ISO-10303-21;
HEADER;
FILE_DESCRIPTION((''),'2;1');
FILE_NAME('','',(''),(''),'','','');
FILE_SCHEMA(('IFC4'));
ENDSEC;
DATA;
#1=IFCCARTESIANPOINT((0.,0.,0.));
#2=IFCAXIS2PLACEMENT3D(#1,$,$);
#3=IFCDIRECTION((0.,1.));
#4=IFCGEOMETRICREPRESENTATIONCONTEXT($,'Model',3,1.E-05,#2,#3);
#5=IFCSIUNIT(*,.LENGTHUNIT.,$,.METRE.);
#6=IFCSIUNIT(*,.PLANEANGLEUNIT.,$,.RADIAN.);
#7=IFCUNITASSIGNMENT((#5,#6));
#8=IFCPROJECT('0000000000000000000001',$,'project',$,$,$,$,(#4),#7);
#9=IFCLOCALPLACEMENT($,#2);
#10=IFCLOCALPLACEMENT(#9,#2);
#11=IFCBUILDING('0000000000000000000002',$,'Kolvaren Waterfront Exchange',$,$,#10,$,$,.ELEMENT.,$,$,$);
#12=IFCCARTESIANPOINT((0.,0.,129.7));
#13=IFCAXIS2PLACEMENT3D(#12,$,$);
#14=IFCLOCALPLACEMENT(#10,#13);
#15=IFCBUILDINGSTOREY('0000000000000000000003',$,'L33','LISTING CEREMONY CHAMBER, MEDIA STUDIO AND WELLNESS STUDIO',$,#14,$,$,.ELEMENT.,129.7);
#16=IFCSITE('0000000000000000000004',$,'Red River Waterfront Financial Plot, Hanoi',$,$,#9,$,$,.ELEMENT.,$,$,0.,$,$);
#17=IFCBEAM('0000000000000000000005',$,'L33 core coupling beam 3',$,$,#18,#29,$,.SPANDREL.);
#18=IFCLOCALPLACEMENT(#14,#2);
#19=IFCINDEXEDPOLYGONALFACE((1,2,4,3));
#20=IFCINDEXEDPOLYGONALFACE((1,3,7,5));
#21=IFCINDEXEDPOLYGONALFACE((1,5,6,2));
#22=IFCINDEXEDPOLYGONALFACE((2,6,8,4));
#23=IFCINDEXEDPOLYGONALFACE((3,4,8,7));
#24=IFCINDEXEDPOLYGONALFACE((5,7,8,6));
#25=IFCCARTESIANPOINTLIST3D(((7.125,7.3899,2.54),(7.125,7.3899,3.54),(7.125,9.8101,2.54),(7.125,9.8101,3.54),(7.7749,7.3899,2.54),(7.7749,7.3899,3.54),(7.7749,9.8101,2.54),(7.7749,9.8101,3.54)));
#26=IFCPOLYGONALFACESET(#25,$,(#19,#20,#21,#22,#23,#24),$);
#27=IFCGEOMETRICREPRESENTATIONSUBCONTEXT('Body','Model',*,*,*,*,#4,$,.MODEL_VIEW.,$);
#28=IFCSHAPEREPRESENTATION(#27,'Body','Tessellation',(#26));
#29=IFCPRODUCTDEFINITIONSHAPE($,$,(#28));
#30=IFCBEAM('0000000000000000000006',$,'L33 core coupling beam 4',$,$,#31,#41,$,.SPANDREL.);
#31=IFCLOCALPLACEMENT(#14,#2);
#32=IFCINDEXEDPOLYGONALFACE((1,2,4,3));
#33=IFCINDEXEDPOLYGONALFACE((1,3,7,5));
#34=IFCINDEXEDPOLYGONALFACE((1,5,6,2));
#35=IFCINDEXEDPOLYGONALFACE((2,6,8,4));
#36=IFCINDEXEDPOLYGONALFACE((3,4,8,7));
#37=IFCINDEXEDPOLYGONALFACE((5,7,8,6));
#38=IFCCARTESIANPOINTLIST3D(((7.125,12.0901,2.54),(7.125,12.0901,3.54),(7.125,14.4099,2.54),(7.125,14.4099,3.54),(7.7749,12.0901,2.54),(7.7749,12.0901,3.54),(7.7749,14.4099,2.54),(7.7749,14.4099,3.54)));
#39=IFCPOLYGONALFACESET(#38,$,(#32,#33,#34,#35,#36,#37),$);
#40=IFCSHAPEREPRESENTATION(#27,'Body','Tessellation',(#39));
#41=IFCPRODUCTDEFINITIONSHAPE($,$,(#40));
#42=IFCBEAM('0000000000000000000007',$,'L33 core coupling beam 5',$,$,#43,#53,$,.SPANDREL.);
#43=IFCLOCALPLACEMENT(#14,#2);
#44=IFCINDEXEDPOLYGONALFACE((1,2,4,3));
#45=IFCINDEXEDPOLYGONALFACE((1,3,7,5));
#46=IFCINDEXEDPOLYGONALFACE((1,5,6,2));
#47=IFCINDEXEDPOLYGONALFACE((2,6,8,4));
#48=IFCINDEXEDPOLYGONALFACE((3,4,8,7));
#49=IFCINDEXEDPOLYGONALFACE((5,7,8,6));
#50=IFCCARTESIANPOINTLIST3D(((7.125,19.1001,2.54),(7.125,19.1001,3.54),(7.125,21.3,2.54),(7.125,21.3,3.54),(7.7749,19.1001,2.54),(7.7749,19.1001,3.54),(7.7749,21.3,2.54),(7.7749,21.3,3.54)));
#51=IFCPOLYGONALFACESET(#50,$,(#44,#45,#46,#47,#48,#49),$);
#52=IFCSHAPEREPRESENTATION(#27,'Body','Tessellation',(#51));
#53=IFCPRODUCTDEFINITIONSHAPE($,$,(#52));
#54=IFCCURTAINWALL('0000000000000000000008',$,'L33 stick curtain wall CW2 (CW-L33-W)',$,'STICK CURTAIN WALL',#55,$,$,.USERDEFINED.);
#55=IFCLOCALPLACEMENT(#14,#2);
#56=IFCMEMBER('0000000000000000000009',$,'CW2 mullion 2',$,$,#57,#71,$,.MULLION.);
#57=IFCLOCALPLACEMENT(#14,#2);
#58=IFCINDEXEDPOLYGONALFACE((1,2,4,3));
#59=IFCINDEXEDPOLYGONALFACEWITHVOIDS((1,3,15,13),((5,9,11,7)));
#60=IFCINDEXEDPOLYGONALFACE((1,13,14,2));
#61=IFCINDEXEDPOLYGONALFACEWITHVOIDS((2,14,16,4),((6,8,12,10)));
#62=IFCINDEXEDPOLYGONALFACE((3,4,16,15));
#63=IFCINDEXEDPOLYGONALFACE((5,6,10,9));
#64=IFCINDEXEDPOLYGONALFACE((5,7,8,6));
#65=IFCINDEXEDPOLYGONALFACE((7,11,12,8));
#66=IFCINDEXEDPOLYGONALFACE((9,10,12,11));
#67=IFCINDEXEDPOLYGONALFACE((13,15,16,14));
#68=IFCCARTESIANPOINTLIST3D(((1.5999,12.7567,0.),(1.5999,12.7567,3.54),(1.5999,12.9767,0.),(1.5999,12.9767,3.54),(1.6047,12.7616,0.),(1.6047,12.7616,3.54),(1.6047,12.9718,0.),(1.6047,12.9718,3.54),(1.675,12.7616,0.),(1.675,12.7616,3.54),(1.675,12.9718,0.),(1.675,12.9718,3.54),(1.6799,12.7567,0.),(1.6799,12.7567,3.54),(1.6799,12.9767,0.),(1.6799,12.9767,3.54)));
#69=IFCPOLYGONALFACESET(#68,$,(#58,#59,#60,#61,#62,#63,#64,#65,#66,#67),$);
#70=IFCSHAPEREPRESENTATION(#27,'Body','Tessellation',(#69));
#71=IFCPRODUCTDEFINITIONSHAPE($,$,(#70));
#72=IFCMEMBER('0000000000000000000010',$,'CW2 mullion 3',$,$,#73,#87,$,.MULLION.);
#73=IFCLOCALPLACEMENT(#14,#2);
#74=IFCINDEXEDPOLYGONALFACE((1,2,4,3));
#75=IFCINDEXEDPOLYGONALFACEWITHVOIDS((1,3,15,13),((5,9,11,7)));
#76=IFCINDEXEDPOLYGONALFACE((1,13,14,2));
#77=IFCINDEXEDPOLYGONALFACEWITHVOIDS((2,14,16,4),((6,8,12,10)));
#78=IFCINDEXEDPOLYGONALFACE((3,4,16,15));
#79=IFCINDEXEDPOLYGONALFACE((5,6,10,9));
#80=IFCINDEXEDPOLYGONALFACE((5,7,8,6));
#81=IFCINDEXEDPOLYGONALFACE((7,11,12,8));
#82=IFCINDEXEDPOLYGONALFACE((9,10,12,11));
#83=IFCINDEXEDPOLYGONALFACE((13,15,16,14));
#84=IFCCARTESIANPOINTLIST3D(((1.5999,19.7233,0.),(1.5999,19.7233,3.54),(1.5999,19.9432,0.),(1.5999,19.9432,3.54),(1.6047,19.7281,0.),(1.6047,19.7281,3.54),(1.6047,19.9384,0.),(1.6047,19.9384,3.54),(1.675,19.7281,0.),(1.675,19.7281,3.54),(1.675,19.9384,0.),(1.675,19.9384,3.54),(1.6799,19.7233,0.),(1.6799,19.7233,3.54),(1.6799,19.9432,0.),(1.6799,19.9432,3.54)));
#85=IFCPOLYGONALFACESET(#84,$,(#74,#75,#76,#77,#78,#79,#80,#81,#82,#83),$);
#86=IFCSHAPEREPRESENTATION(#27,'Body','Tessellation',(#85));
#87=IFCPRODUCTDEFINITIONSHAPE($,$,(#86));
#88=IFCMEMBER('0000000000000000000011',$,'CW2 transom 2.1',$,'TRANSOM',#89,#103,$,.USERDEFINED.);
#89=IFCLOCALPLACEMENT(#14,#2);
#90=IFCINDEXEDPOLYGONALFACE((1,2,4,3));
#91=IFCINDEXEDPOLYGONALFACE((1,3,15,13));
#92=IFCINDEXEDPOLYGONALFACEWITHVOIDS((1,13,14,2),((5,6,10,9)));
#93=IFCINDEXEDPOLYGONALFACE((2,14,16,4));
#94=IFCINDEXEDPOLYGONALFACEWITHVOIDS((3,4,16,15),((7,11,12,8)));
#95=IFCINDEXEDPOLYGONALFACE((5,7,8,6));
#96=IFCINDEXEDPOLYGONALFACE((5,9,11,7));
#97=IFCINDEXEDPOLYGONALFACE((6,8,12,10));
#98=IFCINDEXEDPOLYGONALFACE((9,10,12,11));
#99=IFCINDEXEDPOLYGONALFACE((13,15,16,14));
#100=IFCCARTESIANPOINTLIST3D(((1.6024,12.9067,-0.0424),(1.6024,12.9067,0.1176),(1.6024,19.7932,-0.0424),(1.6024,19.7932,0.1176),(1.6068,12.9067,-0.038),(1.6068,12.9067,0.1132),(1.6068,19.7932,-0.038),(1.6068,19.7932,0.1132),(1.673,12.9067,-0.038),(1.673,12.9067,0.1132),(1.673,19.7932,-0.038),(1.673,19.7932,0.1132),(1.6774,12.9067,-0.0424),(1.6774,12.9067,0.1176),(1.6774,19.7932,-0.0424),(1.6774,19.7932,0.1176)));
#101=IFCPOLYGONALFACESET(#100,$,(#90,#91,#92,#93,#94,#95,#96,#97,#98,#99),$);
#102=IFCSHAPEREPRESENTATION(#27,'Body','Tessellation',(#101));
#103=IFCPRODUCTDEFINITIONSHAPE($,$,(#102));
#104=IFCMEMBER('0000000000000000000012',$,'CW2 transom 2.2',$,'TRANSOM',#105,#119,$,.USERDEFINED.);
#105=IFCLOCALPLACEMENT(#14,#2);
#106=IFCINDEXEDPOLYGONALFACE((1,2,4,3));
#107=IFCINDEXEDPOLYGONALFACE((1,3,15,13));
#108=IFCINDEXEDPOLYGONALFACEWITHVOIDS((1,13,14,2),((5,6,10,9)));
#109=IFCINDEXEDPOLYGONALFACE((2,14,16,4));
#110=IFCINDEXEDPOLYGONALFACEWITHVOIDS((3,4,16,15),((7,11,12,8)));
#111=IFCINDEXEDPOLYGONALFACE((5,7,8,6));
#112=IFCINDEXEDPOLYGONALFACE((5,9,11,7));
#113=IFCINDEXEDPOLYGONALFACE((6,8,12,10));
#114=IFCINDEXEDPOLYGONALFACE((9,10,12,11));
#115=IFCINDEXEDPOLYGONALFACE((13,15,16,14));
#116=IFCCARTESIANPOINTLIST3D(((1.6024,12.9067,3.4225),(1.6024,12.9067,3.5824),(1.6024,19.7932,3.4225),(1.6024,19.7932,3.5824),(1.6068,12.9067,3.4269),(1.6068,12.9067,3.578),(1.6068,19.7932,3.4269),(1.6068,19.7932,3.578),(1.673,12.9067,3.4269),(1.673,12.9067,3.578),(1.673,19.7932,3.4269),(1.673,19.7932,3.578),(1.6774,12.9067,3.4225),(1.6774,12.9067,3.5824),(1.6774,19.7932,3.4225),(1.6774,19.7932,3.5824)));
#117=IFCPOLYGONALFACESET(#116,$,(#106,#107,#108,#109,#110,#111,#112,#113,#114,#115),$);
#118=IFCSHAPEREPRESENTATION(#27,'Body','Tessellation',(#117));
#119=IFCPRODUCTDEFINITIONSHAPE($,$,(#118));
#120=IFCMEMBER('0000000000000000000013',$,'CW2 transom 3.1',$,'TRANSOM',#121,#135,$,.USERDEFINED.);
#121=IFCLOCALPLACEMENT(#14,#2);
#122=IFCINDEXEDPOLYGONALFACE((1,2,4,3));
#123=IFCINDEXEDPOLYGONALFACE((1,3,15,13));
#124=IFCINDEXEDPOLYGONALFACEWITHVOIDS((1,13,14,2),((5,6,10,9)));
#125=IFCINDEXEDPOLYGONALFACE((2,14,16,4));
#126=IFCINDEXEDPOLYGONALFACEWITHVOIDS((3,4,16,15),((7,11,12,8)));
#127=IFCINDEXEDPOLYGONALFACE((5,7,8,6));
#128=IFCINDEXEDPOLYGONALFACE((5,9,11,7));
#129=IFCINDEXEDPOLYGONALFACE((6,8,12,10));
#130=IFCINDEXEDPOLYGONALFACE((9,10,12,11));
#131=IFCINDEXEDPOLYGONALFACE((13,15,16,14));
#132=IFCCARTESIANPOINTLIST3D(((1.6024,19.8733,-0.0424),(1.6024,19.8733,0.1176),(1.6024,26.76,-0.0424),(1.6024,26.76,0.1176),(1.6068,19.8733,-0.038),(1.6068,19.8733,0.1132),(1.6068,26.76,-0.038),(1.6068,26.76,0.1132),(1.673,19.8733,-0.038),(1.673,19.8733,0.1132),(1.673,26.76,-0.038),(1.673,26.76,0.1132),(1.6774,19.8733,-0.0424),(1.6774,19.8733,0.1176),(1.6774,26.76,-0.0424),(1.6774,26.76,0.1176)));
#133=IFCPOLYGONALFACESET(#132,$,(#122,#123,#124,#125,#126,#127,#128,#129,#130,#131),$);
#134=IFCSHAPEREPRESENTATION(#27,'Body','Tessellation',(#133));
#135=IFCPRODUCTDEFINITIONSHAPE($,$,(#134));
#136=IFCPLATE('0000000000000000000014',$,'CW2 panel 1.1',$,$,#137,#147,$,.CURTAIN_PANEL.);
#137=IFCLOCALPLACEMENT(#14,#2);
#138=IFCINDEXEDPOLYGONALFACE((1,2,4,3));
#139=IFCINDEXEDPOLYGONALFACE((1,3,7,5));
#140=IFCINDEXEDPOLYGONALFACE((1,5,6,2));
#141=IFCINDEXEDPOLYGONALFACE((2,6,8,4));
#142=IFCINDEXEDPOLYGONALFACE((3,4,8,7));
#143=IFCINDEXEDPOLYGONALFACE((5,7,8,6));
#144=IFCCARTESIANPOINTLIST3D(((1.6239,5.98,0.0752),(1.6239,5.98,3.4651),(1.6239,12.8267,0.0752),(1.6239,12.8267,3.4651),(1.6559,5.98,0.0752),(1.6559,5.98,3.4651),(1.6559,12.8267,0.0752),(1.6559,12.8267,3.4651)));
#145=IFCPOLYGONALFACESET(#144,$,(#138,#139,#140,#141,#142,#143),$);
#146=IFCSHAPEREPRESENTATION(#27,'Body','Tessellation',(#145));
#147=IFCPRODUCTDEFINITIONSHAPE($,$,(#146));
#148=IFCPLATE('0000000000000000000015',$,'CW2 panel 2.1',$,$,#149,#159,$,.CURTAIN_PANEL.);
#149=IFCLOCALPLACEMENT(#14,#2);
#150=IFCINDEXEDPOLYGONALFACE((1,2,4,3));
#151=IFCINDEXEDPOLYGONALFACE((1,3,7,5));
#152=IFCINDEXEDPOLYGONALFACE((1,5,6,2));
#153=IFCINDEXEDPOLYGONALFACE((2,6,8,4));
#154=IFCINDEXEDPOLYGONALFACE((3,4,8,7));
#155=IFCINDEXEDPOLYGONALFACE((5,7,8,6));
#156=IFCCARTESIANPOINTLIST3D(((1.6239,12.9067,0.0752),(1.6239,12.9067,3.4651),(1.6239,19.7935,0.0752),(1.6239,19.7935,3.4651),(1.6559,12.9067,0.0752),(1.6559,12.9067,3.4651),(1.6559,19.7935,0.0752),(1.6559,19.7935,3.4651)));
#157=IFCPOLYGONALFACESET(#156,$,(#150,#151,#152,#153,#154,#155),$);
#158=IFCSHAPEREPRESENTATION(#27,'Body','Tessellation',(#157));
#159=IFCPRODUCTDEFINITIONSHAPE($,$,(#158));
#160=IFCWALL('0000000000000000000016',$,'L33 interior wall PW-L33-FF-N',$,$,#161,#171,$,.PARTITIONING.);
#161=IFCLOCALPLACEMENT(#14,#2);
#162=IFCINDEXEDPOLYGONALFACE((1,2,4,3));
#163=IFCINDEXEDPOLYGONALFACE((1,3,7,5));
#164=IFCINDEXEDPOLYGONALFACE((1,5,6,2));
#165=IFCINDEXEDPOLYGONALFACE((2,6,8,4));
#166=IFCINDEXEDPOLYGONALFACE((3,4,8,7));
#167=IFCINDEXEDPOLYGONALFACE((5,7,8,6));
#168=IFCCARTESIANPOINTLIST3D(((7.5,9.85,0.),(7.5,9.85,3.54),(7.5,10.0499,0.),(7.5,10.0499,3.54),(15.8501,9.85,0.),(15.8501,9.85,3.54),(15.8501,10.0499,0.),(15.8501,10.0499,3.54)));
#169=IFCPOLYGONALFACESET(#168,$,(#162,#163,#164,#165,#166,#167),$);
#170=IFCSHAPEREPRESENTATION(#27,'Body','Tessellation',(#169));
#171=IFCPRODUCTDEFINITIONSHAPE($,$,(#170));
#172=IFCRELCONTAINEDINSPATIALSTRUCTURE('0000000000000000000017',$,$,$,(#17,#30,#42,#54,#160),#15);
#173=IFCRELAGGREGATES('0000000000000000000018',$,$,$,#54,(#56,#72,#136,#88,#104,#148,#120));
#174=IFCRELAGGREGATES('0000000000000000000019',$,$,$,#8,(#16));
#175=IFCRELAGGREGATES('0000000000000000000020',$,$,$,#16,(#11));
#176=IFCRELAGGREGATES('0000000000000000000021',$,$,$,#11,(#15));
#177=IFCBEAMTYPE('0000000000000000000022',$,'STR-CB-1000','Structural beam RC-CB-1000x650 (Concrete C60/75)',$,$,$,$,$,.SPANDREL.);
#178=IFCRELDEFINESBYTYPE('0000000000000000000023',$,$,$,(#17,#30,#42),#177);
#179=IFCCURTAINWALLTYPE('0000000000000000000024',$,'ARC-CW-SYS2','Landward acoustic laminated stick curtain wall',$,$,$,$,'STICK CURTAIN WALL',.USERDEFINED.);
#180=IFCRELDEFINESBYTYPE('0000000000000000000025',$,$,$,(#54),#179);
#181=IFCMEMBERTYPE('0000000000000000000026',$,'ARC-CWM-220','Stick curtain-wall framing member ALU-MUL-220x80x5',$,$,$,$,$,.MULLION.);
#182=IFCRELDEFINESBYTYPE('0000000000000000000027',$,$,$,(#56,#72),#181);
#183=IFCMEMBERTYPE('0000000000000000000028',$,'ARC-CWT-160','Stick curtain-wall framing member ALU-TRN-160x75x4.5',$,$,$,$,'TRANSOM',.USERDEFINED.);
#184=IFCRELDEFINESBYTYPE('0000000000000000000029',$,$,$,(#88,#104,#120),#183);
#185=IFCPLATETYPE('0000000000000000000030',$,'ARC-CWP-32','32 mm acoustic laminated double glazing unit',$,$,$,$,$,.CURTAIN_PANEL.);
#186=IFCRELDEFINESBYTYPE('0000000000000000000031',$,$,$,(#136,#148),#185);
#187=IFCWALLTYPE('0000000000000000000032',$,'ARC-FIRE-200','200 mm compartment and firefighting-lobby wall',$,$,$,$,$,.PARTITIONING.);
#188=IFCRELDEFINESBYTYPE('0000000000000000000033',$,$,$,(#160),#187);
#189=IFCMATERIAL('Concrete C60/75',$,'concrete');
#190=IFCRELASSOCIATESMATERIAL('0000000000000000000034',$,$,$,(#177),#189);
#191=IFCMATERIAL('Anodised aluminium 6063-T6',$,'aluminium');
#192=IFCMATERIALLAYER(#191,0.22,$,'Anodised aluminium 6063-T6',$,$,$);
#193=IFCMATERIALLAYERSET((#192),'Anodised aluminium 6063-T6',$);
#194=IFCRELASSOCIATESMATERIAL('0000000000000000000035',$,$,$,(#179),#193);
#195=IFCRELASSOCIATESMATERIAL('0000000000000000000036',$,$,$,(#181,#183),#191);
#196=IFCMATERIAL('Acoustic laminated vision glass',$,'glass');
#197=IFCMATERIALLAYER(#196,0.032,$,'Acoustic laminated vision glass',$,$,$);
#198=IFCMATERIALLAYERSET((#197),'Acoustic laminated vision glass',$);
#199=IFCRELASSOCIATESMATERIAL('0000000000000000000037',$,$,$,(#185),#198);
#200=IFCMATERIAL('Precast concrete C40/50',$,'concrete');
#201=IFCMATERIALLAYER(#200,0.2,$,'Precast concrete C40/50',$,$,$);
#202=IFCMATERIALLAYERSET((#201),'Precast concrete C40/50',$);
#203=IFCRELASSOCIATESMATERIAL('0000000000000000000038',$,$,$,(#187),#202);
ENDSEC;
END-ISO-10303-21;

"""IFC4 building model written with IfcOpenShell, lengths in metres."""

from ifc_helpers import new_model, si_unit, direction, frame, frame_2d, origin, origin_with_axes, origin_2d, place, context, subcontext, project, spatial, rectangle, hollow_rectangle, extrude, source, transform, mapped, material, layer, layer_set, material_profile, profile_set, type_object, element, aggregate, save


model = new_model("IFC4")

# Units and contexts
model_context = context("Model", 3, precision=1e-05, world=origin(), true_north=direction((0.0, 1.0)))
body_context = subcontext(model_context, "Body", "Model", "MODEL_VIEW")
ifc_project = project(units=[si_unit("LENGTHUNIT", "METRE"), si_unit("PLANEANGLEUNIT", "RADIAN")], contexts=[model_context])

# Site, building, storey
site_placement = place(None, origin())
site = spatial("IfcSite", under=ifc_project, at=site_placement, Name="Red River Waterfront Financial Plot, Hanoi", CompositionType="ELEMENT", RefElevation=0.0)
building_placement = place(site_placement, origin())
building = spatial("IfcBuilding", under=site, at=building_placement, Name="Kolvaren Waterfront Exchange", CompositionType="ELEMENT")
storey_placement = place(building_placement, frame((0.0, 0.0, 129.7)))
storey = spatial("IfcBuildingStorey", under=building, at=storey_placement, Name="L33", Description="LISTING CEREMONY CHAMBER, MEDIA STUDIO AND WELLNESS STUDIO", CompositionType="ELEMENT", Elevation=129.7)

# Beams
ifc_material_1 = material(Name="Concrete C60/75", Category="concrete")
ifc_material_profile_1 = material_profile(ifc_material_1, rectangle(XDim=0.6499, YDim=1.0, at=origin_2d()), Name="RC-CB-1000x650")
ifc_profile_set_1 = profile_set([ifc_material_profile_1], Name="Concrete C60/75")
beam_type = type_object("IfcBeamType", Name="STR-CB-1000", Description="Structural beam RC-CB-1000x650 (Concrete C60/75)", PredefinedType="SPANDREL", material=ifc_profile_set_1)
beam_1_placement = place(storey_placement, frame((7.45, 7.3899, 3.04), z_axis=(0.0, 1.0, 0.0), x_axis=(-1.0, 0.0, 0.0)))
element("IfcBeam", 1, at=beam_1_placement, inside=storey, type_object=beam_type, Name="L33 core coupling beam 3", PredefinedType="SPANDREL", context=body_context, shape_type="SweptSolid", body=[
    extrude(rectangle(XDim=0.6499, YDim=1.0, at=origin_2d()), origin(), (0.0, 0.0, 1.0), 2.4202),
])
beam_2_placement = place(storey_placement, frame((7.45, 12.0901, 3.04), z_axis=(0.0, 1.0, 0.0), x_axis=(-1.0, 0.0, 0.0)))
element("IfcBeam", 2, at=beam_2_placement, inside=storey, type_object=beam_type, Name="L33 core coupling beam 4", PredefinedType="SPANDREL", context=body_context, shape_type="SweptSolid", body=[
    extrude(rectangle(XDim=0.6499, YDim=1.0, at=origin_2d()), origin(), (0.0, 0.0, 1.0), 2.3198),
])
beam_3_placement = place(storey_placement, frame((7.45, 19.1001, 3.04), z_axis=(0.0, 1.0, 0.0), x_axis=(-1.0, 0.0, 0.0)))
element("IfcBeam", 3, at=beam_3_placement, inside=storey, type_object=beam_type, Name="L33 core coupling beam 5", PredefinedType="SPANDREL", context=body_context, shape_type="SweptSolid", body=[
    extrude(rectangle(XDim=0.6499, YDim=1.0, at=origin_2d()), origin(), (0.0, 0.0, 1.0), 2.2),
])

# Curtain wall, members, plates
ifc_material_2 = material(Name="Anodised aluminium 6063-T6", Category="aluminium")
ifc_layer_1 = layer(ifc_material_2, 0.22, Name="Anodised aluminium 6063-T6")
ifc_layer_set_1 = layer_set([ifc_layer_1], Name="Anodised aluminium 6063-T6")
curtain_wall_type = type_object("IfcCurtainWallType", Name="ARC-CW-SYS2", Description="Landward acoustic laminated stick curtain wall", ElementType="STICK CURTAIN WALL", PredefinedType="USERDEFINED", material=ifc_layer_set_1)
curtain_wall_placement = place(storey_placement, origin())
curtain_wall = element("IfcCurtainWall", 4, at=curtain_wall_placement, inside=storey, type_object=curtain_wall_type, Name="L33 stick curtain wall CW2 (CW-L33-W)", ObjectType="STICK CURTAIN WALL", PredefinedType="USERDEFINED")
ifc_material_profile_2 = material_profile(ifc_material_2, hollow_rectangle(XDim=0.0801, YDim=0.22, WallThickness=0.0049, at=origin_2d()), Name="ALU-MUL-220x80x5")
ifc_profile_set_2 = profile_set([ifc_material_profile_2], Name="Anodised aluminium 6063-T6")
member_type_1 = type_object("IfcMemberType", Name="ARC-CWM-220", Description="Stick curtain-wall framing member ALU-MUL-220x80x5", PredefinedType="MULLION", material=ifc_profile_set_2)
shared_shape_1 = source(origin_with_axes(), body_context, "Body", "SweptSolid", [
    extrude(hollow_rectangle(XDim=0.0801, YDim=0.22, WallThickness=0.0049, at=origin_2d()), origin(), (0.0, 0.0, 1.0), 3.54),
])
member_1_placement = place(storey_placement, frame((1.6399, 12.8667, 0.0), z_axis=(0.0, 0.0, 1.0), x_axis=(-1.0, 0.0, 0.0)))
member_1 = element("IfcMember", 5, at=member_1_placement, type_object=member_type_1, Name="CW2 mullion 2", PredefinedType="MULLION", context=body_context, shape_type="MappedRepresentation", body=[
    mapped(shared_shape_1, transform((0.0, 0.0, 0.0), x_axis=(1.0, 0.0, 0.0), y_axis=(0.0, 1.0, 0.0), z_axis=(0.0, 0.0, 1.0), scale=1.0)),
])
member_2_placement = place(storey_placement, frame((1.6399, 19.8333, 0.0), z_axis=(0.0, 0.0, 1.0), x_axis=(-1.0, 0.0, 0.0)))
member_2 = element("IfcMember", 6, at=member_2_placement, type_object=member_type_1, Name="CW2 mullion 3", PredefinedType="MULLION", context=body_context, shape_type="MappedRepresentation", body=[
    mapped(shared_shape_1, transform((0.0, 0.0, 0.0), x_axis=(1.0, 0.0, 0.0), y_axis=(0.0, 1.0, 0.0), z_axis=(0.0, 0.0, 1.0), scale=1.0)),
])
ifc_material_profile_3 = material_profile(ifc_material_2, hollow_rectangle(XDim=0.075, YDim=0.1599, WallThickness=0.0044, at=origin_2d()), Name="ALU-TRN-160x75x4.5")
ifc_profile_set_3 = profile_set([ifc_material_profile_3], Name="Anodised aluminium 6063-T6")
member_type_2 = type_object("IfcMemberType", Name="ARC-CWT-160", Description="Stick curtain-wall framing member ALU-TRN-160x75x4.5", ElementType="TRANSOM", PredefinedType="USERDEFINED", material=ifc_profile_set_3)
shared_shape_2 = source(origin_with_axes(), body_context, "Body", "SweptSolid", [
    extrude(hollow_rectangle(XDim=0.075, YDim=0.1599, WallThickness=0.0044, at=origin_2d()), origin(), (0.0, 0.0, 1.0), 6.8865),
])
member_3_placement = place(storey_placement, frame((1.6399, 12.9067, 0.0376), z_axis=(0.0, 1.0, 0.0), x_axis=(-1.0, 0.0, 0.0)))
member_3 = element("IfcMember", 7, at=member_3_placement, type_object=member_type_2, Name="CW2 transom 2.1", ObjectType="TRANSOM", PredefinedType="USERDEFINED", context=body_context, shape_type="MappedRepresentation", body=[
    mapped(shared_shape_2, transform((0.0, 0.0, 0.0), x_axis=(1.0, 0.0, 0.0), y_axis=(0.0, 1.0, 0.0), z_axis=(0.0, 0.0, 1.0), scale=1.0)),
])
member_4_placement = place(storey_placement, frame((1.6399, 12.9067, 3.5024), z_axis=(0.0, 1.0, 0.0), x_axis=(-1.0, 0.0, 0.0)))
member_4 = element("IfcMember", 8, at=member_4_placement, type_object=member_type_2, Name="CW2 transom 2.2", ObjectType="TRANSOM", PredefinedType="USERDEFINED", context=body_context, shape_type="MappedRepresentation", body=[
    mapped(shared_shape_2, transform((0.0, 0.0, 0.0), x_axis=(1.0, 0.0, 0.0), y_axis=(0.0, 1.0, 0.0), z_axis=(0.0, 0.0, 1.0), scale=1.0)),
])
shared_shape_3 = source(origin_with_axes(), body_context, "Body", "SweptSolid", [
    extrude(hollow_rectangle(XDim=0.075, YDim=0.1599, WallThickness=0.0044, at=origin_2d()), origin(), (0.0, 0.0, 1.0), 6.8867),
])
member_5_placement = place(storey_placement, frame((1.6399, 19.8733, 0.0376), z_axis=(0.0, 1.0, 0.0), x_axis=(-1.0, 0.0, 0.0)))
member_5 = element("IfcMember", 9, at=member_5_placement, type_object=member_type_2, Name="CW2 transom 3.1", ObjectType="TRANSOM", PredefinedType="USERDEFINED", context=body_context, shape_type="MappedRepresentation", body=[
    mapped(shared_shape_3, transform((0.0, 0.0, 0.0), x_axis=(1.0, 0.0, 0.0), y_axis=(0.0, 1.0, 0.0), z_axis=(0.0, 0.0, 1.0), scale=1.0)),
])
ifc_material_3 = material(Name="Acoustic laminated vision glass", Category="glass")
ifc_layer_2 = layer(ifc_material_3, 0.032, Name="Acoustic laminated vision glass")
ifc_layer_set_2 = layer_set([ifc_layer_2], Name="Acoustic laminated vision glass")
plate_type = type_object("IfcPlateType", Name="ARC-CWP-32", Description="32 mm acoustic laminated double glazing unit", PredefinedType="CURTAIN_PANEL", material=ifc_layer_set_2)
shared_shape_4 = source(origin_with_axes(), body_context, "Body", "SweptSolid", [
    extrude(rectangle(XDim=6.8467, YDim=0.032, at=origin_2d()), origin(), (0.0, 0.0, 1.0), 3.3899),
])
plate_1_placement = place(storey_placement, frame((1.6399, 9.4033, 0.0752), z_axis=(0.0, 0.0, 1.0), x_axis=(0.0, 1.0, 0.0)))
plate_1 = element("IfcPlate", 10, at=plate_1_placement, type_object=plate_type, Name="CW2 panel 1.1", PredefinedType="CURTAIN_PANEL", context=body_context, shape_type="MappedRepresentation", body=[
    mapped(shared_shape_4, transform((0.0, 0.0, 0.0), x_axis=(1.0, 0.0, 0.0), y_axis=(0.0, 1.0, 0.0), z_axis=(0.0, 0.0, 1.0), scale=1.0)),
])
shared_shape_5 = source(origin_with_axes(), body_context, "Body", "SweptSolid", [
    extrude(rectangle(XDim=6.8867, YDim=0.032, at=origin_2d()), origin(), (0.0, 0.0, 1.0), 3.3899),
])
plate_2_placement = place(storey_placement, frame((1.6399, 16.3501, 0.0752), z_axis=(0.0, 0.0, 1.0), x_axis=(0.0, 1.0, 0.0)))
plate_2 = element("IfcPlate", 11, at=plate_2_placement, type_object=plate_type, Name="CW2 panel 2.1", PredefinedType="CURTAIN_PANEL", context=body_context, shape_type="MappedRepresentation", body=[
    mapped(shared_shape_5, transform((0.0, 0.0, 0.0), x_axis=(1.0, 0.0, 0.0), y_axis=(0.0, 1.0, 0.0), z_axis=(0.0, 0.0, 1.0), scale=1.0)),
])
aggregate(curtain_wall, [member_1, member_2, plate_1, member_3, member_4, plate_2, member_5])

# Wall
ifc_material_4 = material(Name="Precast concrete C40/50", Category="concrete")
ifc_layer_3 = layer(ifc_material_4, 0.2, Name="Precast concrete C40/50")
ifc_layer_set_3 = layer_set([ifc_layer_3], Name="Precast concrete C40/50")
wall_type_1 = type_object("IfcWallType", Name="ARC-FIRE-200", Description="200 mm compartment and firefighting-lobby wall", PredefinedType="PARTITIONING", material=ifc_layer_set_3)
wall_1_placement = place(storey_placement, frame((7.5, 9.95, 0.0), z_axis=(0.0, 0.0, 1.0), x_axis=(1.0, 0.0, 0.0)))
element("IfcWall", 12, at=wall_1_placement, inside=storey, type_object=wall_type_1, Name="L33 interior wall PW-L33-FF-N", PredefinedType="PARTITIONING", context=body_context, shape_type="SweptSolid", body=[
    extrude(rectangle(XDim=8.3501, YDim=0.2, at=frame_2d((4.175, 0.0))), origin(), (0.0, 0.0, 1.0), 3.54),
])

save(model, "model.ifc")
